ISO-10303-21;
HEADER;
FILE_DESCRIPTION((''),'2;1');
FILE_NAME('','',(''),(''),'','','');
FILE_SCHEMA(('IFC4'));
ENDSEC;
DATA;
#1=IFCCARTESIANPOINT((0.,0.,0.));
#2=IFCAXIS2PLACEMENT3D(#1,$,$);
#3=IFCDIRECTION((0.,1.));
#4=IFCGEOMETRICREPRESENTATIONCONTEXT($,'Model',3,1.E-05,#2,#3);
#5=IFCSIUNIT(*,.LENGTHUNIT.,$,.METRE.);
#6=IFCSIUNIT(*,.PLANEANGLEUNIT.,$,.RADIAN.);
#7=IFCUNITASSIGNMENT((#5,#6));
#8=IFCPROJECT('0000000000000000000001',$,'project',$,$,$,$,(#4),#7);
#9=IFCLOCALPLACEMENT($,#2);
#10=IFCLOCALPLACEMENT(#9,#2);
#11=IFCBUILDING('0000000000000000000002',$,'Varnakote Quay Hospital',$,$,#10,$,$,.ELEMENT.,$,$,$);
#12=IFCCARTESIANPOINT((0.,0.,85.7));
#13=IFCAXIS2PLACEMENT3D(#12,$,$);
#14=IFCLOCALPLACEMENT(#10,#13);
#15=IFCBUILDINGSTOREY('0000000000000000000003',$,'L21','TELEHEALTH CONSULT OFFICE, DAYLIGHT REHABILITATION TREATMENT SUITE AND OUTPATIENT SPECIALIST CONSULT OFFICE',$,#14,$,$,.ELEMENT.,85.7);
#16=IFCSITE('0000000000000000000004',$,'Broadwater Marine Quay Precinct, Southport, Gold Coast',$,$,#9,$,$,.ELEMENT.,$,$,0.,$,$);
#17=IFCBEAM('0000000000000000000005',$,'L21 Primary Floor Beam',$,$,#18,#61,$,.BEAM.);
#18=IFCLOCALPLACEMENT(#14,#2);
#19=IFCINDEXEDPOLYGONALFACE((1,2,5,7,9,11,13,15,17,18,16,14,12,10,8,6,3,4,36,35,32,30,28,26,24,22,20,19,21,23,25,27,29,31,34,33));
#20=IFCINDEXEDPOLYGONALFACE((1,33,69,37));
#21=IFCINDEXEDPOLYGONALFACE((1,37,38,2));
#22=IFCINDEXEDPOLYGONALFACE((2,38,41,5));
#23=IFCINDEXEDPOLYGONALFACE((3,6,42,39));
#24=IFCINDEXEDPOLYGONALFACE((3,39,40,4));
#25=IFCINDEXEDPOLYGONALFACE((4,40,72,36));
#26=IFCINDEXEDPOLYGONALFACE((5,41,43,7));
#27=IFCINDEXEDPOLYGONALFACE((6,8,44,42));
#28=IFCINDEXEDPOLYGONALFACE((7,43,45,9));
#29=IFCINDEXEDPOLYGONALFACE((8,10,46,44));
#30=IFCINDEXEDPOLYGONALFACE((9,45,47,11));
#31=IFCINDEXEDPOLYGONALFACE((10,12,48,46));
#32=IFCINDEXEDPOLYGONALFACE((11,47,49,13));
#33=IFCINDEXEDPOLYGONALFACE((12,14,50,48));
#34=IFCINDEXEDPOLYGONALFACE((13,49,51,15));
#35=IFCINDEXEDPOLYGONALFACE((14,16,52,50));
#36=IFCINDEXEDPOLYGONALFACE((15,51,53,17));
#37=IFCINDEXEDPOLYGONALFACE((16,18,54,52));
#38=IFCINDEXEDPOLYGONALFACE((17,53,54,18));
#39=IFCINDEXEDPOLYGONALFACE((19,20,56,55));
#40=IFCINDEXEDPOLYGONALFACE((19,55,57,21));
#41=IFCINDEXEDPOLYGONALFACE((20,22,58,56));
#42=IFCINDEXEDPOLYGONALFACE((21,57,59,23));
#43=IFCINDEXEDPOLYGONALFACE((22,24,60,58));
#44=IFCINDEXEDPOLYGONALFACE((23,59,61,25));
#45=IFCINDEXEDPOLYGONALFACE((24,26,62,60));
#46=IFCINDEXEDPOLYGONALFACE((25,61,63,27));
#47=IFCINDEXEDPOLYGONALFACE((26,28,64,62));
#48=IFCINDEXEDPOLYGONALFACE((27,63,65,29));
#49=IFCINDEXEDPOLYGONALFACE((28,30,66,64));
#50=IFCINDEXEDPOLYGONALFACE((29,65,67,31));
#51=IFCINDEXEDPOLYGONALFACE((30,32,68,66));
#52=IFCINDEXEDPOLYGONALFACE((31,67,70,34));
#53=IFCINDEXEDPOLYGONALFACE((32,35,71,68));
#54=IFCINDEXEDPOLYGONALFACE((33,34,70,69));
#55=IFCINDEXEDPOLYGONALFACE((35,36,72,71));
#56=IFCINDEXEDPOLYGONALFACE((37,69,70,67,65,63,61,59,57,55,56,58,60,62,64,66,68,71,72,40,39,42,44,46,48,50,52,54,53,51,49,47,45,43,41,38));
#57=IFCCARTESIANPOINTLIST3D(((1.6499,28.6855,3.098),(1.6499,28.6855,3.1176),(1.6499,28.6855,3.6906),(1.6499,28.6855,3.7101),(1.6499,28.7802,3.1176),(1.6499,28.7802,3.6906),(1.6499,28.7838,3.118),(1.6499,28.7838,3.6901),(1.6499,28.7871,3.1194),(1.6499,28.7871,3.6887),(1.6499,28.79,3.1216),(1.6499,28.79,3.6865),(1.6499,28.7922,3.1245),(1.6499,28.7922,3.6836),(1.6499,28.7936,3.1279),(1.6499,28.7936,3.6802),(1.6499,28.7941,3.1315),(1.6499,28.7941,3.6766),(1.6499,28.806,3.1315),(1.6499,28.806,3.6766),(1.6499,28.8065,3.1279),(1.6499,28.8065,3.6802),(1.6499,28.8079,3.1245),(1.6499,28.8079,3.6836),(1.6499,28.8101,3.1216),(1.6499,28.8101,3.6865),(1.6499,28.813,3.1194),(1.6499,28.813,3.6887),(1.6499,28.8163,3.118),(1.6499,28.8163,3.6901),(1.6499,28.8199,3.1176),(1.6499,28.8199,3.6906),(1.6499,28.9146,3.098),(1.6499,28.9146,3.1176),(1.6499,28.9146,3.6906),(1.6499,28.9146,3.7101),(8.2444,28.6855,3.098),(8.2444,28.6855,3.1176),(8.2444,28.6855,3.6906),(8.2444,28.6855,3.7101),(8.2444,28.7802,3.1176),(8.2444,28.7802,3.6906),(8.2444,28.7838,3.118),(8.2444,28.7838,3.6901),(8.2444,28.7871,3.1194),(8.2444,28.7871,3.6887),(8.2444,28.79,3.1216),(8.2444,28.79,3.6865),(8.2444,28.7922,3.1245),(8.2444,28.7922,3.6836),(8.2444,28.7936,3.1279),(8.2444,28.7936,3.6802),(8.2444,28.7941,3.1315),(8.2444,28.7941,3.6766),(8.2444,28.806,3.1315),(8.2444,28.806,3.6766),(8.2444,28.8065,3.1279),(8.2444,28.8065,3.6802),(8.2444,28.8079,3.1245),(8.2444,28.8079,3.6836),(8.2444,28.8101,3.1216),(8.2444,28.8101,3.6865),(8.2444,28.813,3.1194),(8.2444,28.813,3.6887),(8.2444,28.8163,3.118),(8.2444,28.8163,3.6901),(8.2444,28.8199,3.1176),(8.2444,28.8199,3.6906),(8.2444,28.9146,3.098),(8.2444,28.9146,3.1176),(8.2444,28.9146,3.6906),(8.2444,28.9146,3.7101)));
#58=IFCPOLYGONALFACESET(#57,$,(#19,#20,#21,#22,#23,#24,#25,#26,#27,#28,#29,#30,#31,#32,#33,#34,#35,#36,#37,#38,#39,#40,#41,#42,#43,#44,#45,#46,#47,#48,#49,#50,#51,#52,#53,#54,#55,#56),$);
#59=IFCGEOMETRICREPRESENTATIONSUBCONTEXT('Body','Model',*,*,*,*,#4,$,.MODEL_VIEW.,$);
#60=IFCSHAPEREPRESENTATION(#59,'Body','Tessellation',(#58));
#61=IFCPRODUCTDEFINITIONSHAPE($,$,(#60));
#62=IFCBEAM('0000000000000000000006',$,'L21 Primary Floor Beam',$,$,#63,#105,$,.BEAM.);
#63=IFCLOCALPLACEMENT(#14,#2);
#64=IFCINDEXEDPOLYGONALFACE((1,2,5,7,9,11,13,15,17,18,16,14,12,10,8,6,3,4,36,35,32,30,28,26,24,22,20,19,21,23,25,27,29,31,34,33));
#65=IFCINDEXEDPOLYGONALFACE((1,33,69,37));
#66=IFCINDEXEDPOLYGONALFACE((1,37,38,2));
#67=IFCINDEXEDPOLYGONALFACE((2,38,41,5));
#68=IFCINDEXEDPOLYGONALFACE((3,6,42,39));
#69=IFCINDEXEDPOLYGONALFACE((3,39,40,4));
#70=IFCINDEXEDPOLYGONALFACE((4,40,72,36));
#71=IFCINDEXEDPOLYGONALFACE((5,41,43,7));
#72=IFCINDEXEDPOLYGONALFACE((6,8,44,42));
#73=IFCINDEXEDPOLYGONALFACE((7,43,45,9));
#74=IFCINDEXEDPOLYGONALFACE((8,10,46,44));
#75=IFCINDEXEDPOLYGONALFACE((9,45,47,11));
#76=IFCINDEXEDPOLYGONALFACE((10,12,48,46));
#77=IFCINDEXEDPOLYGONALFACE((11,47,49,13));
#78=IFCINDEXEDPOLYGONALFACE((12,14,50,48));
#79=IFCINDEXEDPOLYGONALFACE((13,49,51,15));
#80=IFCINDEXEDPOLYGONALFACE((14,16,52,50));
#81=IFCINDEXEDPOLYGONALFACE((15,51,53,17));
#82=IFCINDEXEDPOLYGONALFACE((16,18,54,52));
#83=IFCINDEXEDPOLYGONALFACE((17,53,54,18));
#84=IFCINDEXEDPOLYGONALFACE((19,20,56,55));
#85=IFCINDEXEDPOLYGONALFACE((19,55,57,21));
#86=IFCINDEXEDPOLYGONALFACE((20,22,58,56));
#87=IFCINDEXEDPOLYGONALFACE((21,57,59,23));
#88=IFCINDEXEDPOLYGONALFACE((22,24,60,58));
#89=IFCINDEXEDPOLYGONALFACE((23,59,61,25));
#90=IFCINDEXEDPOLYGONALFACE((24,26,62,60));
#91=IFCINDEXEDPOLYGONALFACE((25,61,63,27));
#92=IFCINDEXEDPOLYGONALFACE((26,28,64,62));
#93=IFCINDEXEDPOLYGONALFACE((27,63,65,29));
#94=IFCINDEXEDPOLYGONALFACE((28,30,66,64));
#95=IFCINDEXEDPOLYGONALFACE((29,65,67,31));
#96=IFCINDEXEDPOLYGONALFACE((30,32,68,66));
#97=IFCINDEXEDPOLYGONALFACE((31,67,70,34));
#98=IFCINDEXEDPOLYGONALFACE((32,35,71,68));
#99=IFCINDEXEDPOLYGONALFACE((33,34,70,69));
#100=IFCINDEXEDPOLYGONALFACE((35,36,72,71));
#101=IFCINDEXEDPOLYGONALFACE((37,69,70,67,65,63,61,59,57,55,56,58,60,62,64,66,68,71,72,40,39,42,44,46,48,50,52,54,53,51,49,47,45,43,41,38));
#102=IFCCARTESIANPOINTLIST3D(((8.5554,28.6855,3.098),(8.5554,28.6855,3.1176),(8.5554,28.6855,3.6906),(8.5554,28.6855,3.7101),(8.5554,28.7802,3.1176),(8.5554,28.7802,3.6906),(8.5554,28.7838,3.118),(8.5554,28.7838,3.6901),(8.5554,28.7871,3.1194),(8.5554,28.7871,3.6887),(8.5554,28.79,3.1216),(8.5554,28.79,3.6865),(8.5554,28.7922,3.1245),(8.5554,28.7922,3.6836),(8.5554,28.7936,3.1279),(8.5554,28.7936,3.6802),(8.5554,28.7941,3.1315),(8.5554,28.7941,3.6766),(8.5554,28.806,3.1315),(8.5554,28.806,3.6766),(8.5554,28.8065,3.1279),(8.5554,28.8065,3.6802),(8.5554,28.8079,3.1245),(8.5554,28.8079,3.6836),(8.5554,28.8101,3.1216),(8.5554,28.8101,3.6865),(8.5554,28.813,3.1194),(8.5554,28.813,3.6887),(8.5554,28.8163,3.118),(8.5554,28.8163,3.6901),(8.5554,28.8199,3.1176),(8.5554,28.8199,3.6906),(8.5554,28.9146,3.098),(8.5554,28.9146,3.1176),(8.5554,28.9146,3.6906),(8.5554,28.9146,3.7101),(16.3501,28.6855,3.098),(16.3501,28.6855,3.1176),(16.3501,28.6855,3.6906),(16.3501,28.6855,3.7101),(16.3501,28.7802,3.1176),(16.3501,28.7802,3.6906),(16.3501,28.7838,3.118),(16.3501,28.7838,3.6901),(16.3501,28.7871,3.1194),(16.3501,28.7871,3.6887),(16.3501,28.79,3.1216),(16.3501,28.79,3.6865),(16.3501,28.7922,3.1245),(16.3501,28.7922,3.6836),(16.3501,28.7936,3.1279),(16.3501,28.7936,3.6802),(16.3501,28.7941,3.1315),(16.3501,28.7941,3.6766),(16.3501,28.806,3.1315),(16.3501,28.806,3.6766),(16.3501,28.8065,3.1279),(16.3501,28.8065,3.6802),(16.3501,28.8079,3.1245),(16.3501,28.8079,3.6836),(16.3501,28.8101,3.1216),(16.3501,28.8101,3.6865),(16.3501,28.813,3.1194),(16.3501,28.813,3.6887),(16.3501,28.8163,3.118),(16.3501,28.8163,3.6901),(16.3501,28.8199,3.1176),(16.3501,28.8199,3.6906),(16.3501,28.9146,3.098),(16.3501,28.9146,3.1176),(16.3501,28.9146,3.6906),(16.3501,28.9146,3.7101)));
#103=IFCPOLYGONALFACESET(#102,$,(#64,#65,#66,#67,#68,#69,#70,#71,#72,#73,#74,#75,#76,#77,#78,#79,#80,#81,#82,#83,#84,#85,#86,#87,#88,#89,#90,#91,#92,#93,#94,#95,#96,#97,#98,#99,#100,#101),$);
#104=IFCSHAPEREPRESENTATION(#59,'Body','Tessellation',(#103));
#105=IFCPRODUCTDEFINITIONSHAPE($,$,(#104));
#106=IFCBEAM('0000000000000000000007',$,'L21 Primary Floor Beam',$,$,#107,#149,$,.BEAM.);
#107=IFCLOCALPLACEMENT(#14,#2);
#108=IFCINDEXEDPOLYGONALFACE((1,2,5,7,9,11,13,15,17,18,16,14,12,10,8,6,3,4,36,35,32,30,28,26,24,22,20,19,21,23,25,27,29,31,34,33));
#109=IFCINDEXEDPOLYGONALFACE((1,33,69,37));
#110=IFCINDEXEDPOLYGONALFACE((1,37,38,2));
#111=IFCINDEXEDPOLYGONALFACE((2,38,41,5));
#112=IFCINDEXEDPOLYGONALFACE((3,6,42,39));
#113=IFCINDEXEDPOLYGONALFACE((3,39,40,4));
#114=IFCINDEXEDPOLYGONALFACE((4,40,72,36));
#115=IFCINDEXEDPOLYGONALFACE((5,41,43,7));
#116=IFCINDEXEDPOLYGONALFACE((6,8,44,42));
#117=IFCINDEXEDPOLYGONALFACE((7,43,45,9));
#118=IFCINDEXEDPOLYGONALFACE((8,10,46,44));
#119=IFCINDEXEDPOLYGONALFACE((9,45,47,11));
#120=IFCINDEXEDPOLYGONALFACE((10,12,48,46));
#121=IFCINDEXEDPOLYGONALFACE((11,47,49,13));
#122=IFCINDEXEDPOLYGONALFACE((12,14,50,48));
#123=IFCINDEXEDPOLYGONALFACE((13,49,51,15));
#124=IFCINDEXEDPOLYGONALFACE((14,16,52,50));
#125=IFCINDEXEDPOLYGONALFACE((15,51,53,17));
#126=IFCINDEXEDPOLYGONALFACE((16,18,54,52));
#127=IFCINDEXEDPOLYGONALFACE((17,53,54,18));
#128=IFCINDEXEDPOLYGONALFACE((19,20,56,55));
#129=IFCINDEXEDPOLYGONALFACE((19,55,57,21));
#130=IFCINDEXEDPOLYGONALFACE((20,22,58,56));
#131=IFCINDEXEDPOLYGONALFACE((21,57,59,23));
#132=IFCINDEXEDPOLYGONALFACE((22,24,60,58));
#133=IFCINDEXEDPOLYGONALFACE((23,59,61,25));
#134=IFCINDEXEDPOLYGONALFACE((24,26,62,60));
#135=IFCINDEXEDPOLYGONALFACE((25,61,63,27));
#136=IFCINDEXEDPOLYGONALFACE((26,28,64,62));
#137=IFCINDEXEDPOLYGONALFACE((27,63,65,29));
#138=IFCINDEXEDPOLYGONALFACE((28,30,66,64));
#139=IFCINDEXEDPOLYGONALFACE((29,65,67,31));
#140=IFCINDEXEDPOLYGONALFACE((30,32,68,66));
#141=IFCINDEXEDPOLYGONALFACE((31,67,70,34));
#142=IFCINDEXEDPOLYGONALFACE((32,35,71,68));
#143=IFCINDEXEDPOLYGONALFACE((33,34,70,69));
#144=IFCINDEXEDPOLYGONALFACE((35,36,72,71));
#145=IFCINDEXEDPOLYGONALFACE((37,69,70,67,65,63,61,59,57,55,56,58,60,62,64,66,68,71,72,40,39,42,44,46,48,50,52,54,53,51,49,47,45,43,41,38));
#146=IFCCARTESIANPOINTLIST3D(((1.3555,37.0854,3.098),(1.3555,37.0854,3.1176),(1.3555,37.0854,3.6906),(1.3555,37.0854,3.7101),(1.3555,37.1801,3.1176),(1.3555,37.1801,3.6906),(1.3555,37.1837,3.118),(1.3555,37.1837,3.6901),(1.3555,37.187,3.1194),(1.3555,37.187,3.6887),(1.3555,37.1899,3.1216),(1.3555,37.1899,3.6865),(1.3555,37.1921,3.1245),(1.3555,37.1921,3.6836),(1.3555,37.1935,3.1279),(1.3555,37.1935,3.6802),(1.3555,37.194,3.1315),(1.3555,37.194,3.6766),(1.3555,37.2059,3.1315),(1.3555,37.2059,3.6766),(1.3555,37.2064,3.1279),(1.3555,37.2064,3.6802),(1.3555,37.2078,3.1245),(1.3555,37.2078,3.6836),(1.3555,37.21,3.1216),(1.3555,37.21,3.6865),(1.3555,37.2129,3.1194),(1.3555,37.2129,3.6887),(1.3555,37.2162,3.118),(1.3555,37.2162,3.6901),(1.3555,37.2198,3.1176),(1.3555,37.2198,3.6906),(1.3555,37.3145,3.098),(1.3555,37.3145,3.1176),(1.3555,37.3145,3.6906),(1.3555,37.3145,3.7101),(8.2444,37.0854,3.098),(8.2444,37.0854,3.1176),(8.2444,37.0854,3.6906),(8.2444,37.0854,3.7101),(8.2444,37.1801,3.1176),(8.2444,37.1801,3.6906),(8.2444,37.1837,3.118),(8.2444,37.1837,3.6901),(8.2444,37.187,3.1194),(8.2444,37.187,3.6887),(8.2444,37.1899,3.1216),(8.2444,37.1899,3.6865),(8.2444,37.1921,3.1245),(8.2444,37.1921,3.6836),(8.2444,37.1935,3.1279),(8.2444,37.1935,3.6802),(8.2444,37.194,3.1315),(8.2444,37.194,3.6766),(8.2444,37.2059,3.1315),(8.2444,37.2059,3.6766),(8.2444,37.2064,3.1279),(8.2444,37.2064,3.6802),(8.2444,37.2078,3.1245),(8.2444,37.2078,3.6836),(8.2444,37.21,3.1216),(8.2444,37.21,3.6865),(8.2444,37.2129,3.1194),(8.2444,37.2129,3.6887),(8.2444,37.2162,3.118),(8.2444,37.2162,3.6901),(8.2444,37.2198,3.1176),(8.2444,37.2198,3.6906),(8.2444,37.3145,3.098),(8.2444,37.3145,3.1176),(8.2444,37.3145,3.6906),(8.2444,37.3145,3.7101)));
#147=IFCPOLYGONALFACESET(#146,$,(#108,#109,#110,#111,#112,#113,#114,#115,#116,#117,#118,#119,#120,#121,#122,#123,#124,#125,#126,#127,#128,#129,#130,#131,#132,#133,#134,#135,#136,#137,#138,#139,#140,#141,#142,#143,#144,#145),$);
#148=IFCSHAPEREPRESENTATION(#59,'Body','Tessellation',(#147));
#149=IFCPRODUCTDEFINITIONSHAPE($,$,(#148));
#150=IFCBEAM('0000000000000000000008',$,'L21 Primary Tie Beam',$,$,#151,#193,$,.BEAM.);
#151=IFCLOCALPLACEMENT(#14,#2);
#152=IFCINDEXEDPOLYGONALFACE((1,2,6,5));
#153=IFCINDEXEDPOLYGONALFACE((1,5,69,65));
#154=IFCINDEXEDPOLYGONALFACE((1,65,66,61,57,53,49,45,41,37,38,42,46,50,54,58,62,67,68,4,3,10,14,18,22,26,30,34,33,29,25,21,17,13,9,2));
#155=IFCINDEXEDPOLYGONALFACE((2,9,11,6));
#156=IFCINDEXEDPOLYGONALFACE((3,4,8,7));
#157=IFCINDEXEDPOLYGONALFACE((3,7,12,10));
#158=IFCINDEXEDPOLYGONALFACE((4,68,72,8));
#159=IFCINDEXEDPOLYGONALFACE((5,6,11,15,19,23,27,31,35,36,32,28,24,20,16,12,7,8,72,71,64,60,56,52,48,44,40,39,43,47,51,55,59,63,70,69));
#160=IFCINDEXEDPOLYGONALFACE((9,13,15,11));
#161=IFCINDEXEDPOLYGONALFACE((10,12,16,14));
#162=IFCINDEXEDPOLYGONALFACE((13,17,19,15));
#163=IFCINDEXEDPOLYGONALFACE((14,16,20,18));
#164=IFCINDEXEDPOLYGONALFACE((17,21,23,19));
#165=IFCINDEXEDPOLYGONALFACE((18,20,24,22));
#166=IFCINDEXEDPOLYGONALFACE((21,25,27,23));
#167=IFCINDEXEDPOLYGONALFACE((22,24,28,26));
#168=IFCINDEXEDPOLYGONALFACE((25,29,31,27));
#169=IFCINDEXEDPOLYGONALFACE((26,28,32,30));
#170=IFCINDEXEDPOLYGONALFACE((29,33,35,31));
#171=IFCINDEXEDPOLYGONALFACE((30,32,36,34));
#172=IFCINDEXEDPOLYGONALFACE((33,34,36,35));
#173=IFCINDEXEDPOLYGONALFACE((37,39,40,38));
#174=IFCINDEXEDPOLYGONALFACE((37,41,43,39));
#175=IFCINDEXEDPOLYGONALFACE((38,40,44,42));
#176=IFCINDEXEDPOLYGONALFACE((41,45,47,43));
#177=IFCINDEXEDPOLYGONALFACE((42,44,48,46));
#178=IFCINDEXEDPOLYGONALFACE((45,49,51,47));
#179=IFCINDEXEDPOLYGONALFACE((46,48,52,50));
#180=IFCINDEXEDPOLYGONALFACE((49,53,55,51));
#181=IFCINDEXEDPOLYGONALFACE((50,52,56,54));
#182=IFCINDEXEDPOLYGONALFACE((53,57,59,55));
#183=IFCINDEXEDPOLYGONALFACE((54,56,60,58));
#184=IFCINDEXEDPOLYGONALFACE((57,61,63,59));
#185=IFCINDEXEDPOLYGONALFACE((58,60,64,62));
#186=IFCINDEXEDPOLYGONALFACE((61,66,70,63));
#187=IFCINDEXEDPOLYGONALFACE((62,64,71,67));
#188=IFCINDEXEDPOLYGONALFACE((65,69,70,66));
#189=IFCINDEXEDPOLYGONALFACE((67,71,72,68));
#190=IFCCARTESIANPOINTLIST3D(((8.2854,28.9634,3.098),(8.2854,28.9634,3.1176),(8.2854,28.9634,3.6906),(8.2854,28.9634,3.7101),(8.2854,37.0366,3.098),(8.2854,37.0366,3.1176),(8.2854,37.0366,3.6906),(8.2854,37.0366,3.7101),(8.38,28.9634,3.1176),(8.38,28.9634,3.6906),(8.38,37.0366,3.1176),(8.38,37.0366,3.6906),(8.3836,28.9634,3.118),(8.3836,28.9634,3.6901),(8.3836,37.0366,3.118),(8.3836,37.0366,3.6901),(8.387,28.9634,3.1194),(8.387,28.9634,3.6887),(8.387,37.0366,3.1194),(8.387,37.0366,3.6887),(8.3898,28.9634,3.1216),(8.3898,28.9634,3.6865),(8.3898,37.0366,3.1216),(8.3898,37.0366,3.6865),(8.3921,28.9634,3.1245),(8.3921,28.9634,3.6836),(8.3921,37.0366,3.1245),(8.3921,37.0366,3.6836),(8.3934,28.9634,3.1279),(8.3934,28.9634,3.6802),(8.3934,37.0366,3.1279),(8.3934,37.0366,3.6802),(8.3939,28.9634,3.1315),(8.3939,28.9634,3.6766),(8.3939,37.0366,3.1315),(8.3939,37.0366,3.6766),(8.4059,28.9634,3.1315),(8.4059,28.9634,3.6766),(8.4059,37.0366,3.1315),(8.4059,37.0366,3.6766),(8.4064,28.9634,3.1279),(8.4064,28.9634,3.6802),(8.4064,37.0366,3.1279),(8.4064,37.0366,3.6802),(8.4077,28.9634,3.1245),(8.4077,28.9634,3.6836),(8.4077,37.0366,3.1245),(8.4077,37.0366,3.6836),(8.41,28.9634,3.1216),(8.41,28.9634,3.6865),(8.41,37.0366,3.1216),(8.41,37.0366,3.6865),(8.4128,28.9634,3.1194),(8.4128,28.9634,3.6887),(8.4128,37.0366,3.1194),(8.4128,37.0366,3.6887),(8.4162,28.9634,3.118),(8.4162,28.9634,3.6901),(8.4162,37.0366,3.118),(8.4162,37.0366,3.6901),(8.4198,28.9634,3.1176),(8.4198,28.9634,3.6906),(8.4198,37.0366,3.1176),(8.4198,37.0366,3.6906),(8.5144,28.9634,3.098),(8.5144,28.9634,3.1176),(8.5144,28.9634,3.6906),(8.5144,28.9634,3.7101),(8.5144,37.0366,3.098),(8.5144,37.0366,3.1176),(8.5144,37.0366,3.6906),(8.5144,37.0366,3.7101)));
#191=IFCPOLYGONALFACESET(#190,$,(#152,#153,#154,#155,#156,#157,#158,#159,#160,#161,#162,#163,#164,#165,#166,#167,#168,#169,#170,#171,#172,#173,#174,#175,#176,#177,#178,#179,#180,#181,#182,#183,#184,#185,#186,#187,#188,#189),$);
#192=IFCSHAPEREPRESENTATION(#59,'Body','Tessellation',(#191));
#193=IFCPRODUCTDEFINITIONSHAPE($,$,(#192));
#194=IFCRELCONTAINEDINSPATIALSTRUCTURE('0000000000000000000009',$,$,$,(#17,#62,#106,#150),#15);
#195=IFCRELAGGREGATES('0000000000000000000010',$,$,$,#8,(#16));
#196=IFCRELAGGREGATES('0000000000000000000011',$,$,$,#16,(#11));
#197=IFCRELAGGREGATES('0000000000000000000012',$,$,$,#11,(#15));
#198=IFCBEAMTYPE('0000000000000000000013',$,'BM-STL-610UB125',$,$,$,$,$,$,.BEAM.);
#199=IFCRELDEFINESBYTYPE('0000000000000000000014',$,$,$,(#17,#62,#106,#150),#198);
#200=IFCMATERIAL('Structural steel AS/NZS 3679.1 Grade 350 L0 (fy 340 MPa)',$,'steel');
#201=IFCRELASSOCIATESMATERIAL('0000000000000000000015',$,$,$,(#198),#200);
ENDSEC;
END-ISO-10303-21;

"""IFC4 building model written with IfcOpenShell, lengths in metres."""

from ifc_helpers import new_model, si_unit, direction, frame, origin, origin_2d, place, context, subcontext, project, spatial, i_section, extrude, material, material_profile, profile_set, type_object, element, save


model = new_model("IFC4")

# Units and contexts
model_context = context("Model", 3, precision=1e-05, world=origin(), true_north=direction((0.0, 1.0)))
body_context = subcontext(model_context, "Body", "Model", "MODEL_VIEW")
ifc_project = project(units=[si_unit("LENGTHUNIT", "METRE"), si_unit("PLANEANGLEUNIT", "RADIAN")], contexts=[model_context])

# Site, building, storey
site_placement = place(None, origin())
site = spatial("IfcSite", under=ifc_project, at=site_placement, Name="Broadwater Marine Quay Precinct, Southport, Gold Coast", CompositionType="ELEMENT", RefElevation=0.0)
building_placement = place(site_placement, origin())
building = spatial("IfcBuilding", under=site, at=building_placement, Name="Varnakote Quay Hospital", CompositionType="ELEMENT")
storey_placement = place(building_placement, frame((0.0, 0.0, 85.7)))
storey = spatial("IfcBuildingStorey", under=building, at=storey_placement, Name="L21", Description="TELEHEALTH CONSULT OFFICE, DAYLIGHT REHABILITATION TREATMENT SUITE AND OUTPATIENT SPECIALIST CONSULT OFFICE", CompositionType="ELEMENT", Elevation=85.7)

# Beams
ifc_material_1 = material(Name="Structural steel AS/NZS 3679.1 Grade 350 L0 (fy 340 MPa)", Category="steel")
ifc_material_profile_1 = material_profile(ifc_material_1, i_section(OverallWidth=0.229, OverallDepth=0.6121, WebThickness=0.012, FlangeThickness=0.0195, FilletRadius=0.0139, at=origin_2d()), Name="610UB125")
ifc_profile_set_1 = profile_set([ifc_material_profile_1], Name="Structural steel AS/NZS 3679.1 Grade 350 L0 (fy 340 MPa)")
beam_type_1 = type_object("IfcBeamType", Name="BM-STL-610UB125", PredefinedType="BEAM", material=ifc_profile_set_1)
beam_1_placement = place(storey_placement, frame((1.6499, 28.8, 3.4041), z_axis=(1.0, 0.0, 0.0), x_axis=(0.0, 1.0, 0.0)))
element("IfcBeam", 1, at=beam_1_placement, inside=storey, type_object=beam_type_1, Name="L21 Primary Floor Beam", PredefinedType="BEAM", context=body_context, shape_type="SweptSolid", body=[
    extrude(i_section(OverallWidth=0.229, OverallDepth=0.6121, WebThickness=0.012, FlangeThickness=0.0195, FilletRadius=0.0139, at=origin_2d()), origin(), (0.0, 0.0, 1.0), 6.5945),
])
beam_2_placement = place(storey_placement, frame((8.5554, 28.8, 3.4041), z_axis=(1.0, 0.0, 0.0), x_axis=(0.0, 1.0, 0.0)))
element("IfcBeam", 2, at=beam_2_placement, inside=storey, type_object=beam_type_1, Name="L21 Primary Floor Beam", PredefinedType="BEAM", context=body_context, shape_type="SweptSolid", body=[
    extrude(i_section(OverallWidth=0.229, OverallDepth=0.6121, WebThickness=0.012, FlangeThickness=0.0195, FilletRadius=0.0139, at=origin_2d()), origin(), (0.0, 0.0, 1.0), 7.7947),
])
beam_3_placement = place(storey_placement, frame((1.3555, 37.2, 3.4041), z_axis=(1.0, 0.0, 0.0), x_axis=(0.0, 1.0, 0.0)))
element("IfcBeam", 3, at=beam_3_placement, inside=storey, type_object=beam_type_1, Name="L21 Primary Floor Beam", PredefinedType="BEAM", context=body_context, shape_type="SweptSolid", body=[
    extrude(i_section(OverallWidth=0.229, OverallDepth=0.6121, WebThickness=0.012, FlangeThickness=0.0195, FilletRadius=0.0139, at=origin_2d()), origin(), (0.0, 0.0, 1.0), 6.8889),
])
beam_4_placement = place(storey_placement, frame((8.3999, 28.9634, 3.4041), z_axis=(0.0, 1.0, 0.0), x_axis=(-1.0, 0.0, 0.0)))
element("IfcBeam", 4, at=beam_4_placement, inside=storey, type_object=beam_type_1, Name="L21 Primary Tie Beam", PredefinedType="BEAM", context=body_context, shape_type="SweptSolid", body=[
    extrude(i_section(OverallWidth=0.229, OverallDepth=0.6121, WebThickness=0.012, FlangeThickness=0.0195, FilletRadius=0.0139, at=origin_2d()), origin(), (0.0, 0.0, 1.0), 8.0732),
])

save(model, "model.ifc")
